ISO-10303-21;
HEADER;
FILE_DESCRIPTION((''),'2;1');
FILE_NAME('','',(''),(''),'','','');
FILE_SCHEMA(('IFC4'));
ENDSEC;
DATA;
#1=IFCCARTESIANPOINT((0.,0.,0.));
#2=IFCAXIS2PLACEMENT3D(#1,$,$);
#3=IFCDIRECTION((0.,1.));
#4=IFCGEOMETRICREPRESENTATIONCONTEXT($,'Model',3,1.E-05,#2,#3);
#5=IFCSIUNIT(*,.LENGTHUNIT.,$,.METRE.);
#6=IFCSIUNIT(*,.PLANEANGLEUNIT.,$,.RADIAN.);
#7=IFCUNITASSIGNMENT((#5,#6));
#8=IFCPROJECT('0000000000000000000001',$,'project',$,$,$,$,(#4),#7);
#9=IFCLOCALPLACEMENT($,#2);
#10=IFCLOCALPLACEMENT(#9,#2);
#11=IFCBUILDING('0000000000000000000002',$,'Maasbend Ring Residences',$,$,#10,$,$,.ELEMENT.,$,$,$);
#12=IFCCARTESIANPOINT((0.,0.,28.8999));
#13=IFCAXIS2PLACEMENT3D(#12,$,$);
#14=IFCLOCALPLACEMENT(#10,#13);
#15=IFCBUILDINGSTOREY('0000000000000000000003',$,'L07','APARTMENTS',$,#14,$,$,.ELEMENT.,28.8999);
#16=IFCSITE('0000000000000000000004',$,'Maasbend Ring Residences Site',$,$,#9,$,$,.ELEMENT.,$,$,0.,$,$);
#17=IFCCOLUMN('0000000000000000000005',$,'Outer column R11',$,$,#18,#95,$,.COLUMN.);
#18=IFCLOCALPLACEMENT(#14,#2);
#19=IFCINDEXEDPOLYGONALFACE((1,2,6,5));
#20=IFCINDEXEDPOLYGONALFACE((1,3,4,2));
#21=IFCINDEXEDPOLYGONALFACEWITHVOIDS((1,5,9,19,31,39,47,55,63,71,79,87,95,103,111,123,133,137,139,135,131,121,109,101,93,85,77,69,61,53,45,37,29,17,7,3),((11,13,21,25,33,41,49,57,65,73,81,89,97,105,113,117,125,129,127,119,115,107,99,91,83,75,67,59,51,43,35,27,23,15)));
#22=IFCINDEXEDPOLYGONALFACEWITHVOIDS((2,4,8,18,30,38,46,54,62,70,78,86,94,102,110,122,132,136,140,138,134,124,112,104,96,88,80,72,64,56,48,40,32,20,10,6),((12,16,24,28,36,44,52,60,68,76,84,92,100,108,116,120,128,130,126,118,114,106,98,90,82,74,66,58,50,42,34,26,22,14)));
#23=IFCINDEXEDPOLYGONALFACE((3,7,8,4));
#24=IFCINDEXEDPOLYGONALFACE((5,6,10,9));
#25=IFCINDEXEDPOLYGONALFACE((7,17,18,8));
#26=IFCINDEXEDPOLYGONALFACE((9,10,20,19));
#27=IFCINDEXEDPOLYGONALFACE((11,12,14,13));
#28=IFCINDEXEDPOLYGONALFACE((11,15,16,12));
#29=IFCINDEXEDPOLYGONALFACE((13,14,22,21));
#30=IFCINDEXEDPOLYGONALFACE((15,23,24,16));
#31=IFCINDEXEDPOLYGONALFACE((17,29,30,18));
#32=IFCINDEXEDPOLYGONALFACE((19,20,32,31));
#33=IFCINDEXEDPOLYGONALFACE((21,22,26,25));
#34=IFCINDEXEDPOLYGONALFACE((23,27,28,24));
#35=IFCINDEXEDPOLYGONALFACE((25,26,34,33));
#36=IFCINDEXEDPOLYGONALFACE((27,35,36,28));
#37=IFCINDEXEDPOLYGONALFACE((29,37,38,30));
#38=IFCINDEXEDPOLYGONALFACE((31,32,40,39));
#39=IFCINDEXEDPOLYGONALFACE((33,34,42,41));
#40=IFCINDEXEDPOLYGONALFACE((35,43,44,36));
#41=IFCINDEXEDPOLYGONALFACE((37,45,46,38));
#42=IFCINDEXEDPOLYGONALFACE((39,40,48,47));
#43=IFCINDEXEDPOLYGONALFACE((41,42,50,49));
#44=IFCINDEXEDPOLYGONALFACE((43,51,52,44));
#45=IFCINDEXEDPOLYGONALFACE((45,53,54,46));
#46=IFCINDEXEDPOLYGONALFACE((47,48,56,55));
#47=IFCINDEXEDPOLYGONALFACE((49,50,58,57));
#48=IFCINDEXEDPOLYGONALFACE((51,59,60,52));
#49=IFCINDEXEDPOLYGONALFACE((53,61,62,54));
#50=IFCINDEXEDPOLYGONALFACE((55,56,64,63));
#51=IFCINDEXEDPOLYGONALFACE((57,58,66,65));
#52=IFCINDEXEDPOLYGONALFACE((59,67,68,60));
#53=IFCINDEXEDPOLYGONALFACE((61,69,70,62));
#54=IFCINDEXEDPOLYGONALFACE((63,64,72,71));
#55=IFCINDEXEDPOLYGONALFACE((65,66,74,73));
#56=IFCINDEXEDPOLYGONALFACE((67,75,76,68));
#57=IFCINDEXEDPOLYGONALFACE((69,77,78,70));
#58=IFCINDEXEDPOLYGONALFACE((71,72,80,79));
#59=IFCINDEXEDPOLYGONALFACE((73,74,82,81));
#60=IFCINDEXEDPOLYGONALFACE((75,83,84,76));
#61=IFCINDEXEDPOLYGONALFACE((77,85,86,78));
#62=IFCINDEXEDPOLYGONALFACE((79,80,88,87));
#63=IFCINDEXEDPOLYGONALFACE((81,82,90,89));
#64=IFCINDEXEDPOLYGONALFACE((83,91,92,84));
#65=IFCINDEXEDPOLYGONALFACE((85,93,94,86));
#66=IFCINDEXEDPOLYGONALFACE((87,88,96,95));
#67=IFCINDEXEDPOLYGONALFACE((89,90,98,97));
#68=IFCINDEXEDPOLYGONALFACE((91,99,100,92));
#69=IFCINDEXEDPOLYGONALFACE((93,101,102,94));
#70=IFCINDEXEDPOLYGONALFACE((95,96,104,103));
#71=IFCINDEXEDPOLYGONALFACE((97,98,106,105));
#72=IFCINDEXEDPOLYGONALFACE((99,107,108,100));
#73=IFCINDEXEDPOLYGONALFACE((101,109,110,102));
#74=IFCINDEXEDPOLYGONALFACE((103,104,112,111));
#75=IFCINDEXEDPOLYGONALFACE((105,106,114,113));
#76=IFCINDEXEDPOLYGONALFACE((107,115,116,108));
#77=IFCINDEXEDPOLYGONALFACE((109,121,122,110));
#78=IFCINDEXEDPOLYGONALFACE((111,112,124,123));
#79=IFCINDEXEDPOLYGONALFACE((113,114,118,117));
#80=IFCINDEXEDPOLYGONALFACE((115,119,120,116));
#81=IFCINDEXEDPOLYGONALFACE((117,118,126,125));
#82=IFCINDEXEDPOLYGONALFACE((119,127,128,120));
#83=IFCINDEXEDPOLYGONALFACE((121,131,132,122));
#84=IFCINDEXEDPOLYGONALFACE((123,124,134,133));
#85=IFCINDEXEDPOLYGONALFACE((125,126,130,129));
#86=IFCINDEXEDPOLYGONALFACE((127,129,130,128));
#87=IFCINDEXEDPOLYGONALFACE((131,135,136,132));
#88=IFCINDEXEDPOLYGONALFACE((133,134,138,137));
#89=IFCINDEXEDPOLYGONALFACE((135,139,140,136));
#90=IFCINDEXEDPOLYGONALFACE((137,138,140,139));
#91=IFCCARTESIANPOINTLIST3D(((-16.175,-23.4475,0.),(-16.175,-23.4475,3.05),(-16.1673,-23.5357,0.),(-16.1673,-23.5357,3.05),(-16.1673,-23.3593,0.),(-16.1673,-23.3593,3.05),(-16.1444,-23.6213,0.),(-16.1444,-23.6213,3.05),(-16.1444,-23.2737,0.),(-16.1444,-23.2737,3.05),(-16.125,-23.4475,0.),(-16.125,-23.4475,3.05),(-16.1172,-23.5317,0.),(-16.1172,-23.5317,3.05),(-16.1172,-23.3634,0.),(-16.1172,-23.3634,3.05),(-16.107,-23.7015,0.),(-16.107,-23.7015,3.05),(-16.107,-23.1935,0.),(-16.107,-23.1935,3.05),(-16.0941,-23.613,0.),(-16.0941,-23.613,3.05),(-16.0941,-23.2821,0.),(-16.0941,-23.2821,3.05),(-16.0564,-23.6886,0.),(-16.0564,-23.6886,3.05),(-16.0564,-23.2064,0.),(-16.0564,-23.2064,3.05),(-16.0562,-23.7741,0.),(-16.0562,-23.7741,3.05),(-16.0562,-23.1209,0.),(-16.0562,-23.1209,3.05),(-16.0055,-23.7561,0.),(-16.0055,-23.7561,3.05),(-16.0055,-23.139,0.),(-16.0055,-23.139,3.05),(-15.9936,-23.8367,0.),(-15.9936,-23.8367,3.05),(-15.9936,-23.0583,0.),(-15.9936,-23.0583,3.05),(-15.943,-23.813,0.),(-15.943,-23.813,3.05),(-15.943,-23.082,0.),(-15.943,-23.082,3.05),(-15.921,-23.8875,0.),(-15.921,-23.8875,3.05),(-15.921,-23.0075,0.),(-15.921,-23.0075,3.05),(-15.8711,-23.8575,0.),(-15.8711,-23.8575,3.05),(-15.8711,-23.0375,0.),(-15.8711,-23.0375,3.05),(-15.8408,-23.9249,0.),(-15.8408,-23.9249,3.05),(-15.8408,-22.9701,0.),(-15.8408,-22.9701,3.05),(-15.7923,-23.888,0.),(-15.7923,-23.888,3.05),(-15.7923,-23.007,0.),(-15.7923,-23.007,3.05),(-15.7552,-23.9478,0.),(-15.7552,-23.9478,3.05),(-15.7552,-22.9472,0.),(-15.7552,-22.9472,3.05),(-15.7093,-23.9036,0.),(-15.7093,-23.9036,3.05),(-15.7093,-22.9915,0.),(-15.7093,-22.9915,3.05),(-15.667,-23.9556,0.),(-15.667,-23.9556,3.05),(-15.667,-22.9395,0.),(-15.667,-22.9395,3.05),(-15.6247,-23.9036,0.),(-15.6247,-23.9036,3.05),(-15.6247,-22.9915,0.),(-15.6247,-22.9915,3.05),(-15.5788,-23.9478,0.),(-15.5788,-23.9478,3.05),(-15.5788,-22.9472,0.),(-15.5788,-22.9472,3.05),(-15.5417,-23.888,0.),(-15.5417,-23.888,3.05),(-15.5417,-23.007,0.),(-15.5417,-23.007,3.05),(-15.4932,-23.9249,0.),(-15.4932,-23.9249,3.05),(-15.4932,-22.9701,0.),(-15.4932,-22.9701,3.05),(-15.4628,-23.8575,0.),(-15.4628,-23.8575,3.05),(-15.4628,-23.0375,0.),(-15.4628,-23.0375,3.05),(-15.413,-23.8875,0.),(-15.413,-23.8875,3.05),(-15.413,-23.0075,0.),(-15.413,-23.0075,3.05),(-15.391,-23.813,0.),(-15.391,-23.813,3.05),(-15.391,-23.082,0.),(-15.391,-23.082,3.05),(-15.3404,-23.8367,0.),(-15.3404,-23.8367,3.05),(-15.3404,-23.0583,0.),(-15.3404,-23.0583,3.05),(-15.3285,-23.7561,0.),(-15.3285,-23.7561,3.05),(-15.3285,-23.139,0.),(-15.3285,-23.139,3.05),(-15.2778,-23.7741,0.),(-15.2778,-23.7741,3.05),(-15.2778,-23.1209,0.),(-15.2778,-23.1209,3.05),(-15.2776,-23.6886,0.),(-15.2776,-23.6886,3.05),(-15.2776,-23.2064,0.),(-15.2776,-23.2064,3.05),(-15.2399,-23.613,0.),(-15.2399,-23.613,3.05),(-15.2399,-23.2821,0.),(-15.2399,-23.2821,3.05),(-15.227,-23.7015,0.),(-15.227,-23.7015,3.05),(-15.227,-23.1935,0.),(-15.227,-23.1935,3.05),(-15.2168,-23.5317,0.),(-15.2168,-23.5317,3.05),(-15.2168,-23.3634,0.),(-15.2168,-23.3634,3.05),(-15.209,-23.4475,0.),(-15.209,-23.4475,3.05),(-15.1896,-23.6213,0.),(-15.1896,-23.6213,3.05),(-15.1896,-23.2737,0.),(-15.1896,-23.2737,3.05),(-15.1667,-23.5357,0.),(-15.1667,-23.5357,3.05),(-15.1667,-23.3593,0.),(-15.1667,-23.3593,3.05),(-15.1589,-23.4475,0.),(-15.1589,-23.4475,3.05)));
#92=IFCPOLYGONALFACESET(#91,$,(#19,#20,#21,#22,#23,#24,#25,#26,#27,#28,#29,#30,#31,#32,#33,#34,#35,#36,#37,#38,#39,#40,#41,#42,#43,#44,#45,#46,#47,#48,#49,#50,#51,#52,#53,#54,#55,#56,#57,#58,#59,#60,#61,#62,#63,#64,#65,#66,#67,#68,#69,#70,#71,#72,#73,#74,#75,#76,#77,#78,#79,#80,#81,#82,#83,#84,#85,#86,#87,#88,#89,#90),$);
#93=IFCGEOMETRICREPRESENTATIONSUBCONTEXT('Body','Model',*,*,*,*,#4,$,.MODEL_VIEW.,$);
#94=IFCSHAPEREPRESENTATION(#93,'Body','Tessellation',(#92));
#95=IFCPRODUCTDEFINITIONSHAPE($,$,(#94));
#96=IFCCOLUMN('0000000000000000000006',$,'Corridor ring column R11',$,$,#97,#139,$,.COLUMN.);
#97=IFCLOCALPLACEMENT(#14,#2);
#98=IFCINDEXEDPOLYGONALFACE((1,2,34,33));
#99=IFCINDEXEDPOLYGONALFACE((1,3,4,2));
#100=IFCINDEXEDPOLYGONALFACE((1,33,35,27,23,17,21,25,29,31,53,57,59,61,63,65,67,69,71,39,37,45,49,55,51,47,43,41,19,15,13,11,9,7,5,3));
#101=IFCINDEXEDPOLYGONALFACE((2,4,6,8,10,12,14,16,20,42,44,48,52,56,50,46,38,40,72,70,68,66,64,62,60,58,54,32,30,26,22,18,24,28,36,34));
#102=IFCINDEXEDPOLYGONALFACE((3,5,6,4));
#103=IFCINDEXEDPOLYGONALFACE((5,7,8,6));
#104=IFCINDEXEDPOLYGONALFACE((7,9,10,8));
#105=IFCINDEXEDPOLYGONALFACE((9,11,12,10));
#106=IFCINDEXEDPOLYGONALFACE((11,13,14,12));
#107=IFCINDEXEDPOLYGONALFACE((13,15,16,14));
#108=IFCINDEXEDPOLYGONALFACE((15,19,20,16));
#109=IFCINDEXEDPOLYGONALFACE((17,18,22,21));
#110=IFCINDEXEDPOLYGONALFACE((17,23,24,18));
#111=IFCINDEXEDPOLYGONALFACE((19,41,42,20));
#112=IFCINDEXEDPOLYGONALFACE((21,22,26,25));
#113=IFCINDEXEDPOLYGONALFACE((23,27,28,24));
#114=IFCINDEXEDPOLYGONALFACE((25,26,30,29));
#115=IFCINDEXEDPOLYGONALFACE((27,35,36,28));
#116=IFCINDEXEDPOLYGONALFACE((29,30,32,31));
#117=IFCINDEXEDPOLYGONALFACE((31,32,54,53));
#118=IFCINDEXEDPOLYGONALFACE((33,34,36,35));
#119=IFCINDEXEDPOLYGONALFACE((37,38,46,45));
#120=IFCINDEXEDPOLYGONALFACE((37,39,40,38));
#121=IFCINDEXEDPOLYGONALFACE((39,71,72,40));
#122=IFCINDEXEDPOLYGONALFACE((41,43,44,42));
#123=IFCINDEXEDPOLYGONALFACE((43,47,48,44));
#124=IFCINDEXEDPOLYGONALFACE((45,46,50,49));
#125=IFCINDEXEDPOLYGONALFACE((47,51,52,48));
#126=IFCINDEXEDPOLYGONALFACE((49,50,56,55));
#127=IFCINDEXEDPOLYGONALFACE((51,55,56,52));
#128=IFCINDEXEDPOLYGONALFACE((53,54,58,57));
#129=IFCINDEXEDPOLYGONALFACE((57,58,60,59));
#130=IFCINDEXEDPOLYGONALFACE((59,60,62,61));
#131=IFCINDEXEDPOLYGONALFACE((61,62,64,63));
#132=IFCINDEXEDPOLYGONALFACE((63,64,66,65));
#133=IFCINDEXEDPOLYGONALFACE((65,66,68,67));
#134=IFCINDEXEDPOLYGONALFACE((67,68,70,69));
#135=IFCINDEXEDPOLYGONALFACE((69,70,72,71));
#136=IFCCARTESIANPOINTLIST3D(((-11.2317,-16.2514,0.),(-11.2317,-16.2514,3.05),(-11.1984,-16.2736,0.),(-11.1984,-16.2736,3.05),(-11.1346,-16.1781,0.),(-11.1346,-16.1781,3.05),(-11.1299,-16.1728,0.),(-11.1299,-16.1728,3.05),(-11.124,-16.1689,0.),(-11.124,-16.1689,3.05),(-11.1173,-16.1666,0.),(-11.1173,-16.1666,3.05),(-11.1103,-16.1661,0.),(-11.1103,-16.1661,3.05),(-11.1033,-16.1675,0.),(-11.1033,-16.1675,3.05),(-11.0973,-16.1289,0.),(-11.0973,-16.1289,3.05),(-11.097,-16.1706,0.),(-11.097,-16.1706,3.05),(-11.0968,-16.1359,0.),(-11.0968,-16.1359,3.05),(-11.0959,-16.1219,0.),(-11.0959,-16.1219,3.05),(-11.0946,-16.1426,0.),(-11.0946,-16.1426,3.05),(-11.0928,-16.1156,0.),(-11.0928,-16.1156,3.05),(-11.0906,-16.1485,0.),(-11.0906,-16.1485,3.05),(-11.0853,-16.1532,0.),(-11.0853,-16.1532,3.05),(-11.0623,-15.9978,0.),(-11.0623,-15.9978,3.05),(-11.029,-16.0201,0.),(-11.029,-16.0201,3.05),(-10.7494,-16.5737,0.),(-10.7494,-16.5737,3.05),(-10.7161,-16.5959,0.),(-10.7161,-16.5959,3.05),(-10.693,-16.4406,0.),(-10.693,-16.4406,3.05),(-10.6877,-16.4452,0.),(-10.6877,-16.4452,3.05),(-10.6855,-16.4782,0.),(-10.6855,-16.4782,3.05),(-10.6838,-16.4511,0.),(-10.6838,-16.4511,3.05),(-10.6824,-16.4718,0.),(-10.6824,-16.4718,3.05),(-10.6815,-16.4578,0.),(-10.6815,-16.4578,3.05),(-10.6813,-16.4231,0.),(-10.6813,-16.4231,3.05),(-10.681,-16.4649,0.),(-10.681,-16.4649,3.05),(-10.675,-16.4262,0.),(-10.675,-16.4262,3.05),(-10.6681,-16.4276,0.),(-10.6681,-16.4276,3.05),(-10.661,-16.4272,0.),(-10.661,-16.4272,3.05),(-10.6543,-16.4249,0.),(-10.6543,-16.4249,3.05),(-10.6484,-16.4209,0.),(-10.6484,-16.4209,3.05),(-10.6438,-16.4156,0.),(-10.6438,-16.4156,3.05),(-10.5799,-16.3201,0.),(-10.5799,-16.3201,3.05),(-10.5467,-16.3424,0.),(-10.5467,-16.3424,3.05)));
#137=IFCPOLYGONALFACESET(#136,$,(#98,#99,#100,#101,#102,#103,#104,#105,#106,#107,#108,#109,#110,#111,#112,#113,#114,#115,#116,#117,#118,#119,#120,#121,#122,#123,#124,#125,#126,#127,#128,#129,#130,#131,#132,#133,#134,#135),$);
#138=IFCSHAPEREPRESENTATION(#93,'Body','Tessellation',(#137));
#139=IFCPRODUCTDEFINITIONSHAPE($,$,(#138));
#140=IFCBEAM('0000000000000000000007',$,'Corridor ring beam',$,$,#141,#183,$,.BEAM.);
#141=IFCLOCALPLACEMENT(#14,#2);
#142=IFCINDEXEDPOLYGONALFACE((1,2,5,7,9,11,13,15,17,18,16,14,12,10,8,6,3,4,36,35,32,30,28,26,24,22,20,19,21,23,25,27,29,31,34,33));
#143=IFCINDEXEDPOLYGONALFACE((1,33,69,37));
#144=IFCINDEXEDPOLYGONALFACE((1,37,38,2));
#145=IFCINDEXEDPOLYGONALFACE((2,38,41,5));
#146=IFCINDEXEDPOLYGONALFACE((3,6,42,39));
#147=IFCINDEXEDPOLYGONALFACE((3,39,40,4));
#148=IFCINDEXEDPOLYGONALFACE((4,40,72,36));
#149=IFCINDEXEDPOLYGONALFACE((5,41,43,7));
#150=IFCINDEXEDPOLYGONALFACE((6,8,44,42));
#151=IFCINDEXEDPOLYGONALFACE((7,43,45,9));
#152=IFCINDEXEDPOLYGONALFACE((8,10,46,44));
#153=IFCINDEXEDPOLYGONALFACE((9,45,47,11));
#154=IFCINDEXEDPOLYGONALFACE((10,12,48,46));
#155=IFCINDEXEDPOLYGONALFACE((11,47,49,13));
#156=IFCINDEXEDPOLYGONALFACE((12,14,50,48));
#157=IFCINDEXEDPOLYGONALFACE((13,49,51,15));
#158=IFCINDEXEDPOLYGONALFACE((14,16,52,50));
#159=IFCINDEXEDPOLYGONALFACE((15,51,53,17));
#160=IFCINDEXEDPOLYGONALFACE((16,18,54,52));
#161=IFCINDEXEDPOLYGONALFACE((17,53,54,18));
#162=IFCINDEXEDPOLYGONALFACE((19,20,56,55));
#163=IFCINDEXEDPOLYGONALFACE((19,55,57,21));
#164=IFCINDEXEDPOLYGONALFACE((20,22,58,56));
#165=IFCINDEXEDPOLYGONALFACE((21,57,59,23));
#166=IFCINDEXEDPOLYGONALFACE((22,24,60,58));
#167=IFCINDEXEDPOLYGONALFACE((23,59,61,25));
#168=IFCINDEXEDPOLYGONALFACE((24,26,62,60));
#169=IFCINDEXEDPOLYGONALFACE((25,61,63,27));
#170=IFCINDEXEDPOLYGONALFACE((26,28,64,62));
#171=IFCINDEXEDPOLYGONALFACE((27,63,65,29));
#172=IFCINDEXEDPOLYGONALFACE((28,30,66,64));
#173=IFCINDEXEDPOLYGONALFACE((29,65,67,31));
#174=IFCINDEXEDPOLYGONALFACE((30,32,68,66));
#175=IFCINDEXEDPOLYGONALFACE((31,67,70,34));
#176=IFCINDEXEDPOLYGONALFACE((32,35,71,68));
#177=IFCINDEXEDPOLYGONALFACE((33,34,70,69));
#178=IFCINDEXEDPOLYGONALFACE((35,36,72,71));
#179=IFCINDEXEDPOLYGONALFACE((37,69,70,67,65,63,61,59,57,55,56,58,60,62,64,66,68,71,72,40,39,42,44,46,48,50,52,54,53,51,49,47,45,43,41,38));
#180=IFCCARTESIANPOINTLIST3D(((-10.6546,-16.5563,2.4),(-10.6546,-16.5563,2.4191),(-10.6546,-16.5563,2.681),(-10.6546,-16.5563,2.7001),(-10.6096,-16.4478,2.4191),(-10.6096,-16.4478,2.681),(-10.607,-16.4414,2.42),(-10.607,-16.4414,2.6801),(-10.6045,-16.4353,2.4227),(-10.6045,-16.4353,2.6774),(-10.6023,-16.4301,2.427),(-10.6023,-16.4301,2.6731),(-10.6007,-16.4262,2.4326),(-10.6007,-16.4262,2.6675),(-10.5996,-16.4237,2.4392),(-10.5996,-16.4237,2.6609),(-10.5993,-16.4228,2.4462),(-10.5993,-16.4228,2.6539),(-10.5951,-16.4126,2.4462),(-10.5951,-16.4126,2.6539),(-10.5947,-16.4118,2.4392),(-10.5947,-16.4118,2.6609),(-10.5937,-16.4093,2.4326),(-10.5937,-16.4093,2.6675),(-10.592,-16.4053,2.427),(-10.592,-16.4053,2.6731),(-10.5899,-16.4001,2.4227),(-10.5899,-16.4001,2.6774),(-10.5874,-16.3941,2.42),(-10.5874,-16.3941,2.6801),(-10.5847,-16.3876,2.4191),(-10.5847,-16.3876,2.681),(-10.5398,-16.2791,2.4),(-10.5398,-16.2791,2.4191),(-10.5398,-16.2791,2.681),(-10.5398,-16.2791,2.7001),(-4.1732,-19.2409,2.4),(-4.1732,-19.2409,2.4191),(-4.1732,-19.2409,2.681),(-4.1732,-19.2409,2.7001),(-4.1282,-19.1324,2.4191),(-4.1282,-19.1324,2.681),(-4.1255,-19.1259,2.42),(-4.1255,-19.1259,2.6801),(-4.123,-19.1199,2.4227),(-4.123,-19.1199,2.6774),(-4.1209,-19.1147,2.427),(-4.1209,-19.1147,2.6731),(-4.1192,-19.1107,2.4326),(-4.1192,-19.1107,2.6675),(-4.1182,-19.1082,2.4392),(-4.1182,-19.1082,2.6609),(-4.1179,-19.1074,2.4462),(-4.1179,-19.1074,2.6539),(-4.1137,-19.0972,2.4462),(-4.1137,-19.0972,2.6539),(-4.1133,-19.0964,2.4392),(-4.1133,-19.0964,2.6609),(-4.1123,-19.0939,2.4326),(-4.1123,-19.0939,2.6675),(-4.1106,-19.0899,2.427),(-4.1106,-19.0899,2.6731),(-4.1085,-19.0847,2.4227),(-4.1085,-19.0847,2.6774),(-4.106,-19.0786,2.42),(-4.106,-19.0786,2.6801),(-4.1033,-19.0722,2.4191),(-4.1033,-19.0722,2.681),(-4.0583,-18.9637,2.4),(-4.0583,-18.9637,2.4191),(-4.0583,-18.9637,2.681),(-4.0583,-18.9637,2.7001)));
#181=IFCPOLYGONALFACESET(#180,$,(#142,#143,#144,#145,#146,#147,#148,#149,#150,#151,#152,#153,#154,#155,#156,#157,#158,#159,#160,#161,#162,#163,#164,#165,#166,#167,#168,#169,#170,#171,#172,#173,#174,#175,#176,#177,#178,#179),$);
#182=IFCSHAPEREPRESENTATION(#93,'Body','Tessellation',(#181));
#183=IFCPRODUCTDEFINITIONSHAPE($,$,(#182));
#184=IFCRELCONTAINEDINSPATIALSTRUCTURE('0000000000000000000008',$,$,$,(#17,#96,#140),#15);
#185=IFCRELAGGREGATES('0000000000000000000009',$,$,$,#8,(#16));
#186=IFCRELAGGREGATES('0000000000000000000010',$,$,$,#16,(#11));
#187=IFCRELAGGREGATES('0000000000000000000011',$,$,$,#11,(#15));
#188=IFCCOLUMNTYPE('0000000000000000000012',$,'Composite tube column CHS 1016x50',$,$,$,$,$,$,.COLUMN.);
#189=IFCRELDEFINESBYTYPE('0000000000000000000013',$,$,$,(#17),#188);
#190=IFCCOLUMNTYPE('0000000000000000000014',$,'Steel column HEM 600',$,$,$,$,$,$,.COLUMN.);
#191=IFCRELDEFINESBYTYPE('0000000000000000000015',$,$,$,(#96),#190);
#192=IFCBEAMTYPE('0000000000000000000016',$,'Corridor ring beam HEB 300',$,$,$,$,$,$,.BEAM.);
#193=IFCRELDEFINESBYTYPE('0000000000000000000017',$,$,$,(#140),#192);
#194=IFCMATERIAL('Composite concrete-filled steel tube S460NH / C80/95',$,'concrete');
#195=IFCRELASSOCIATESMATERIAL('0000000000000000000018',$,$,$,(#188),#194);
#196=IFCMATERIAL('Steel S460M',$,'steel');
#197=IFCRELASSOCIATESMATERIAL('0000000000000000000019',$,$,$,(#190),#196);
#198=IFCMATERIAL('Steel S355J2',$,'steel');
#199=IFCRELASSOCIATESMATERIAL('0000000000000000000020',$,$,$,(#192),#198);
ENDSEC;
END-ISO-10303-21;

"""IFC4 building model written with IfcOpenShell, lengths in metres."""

from ifc_helpers import new_model, si_unit, direction, frame, origin, origin_2d, place, context, subcontext, project, spatial, hollow_circle, i_section, extrude, material, material_profile, profile_set, type_object, element, save


model = new_model("IFC4")

# Units and contexts
model_context = context("Model", 3, precision=1e-05, world=origin(), true_north=direction((0.0, 1.0)))
body_context = subcontext(model_context, "Body", "Model", "MODEL_VIEW")
ifc_project = project(units=[si_unit("LENGTHUNIT", "METRE"), si_unit("PLANEANGLEUNIT", "RADIAN")], contexts=[model_context])

# Site, building, storey
site_placement = place(None, origin())
site = spatial("IfcSite", under=ifc_project, at=site_placement, Name="Maasbend Ring Residences Site", CompositionType="ELEMENT", RefElevation=0.0)
building_placement = place(site_placement, origin())
building = spatial("IfcBuilding", under=site, at=building_placement, Name="Maasbend Ring Residences", CompositionType="ELEMENT")
storey_placement = place(building_placement, frame((0.0, 0.0, 28.8999)))
storey = spatial("IfcBuildingStorey", under=building, at=storey_placement, Name="L07", Description="APARTMENTS", CompositionType="ELEMENT", Elevation=28.8999)

# Columns
ifc_material_1 = material(Name="Composite concrete-filled steel tube S460NH / C80/95", Category="concrete")
ifc_material_profile_1 = material_profile(ifc_material_1, hollow_circle(Radius=0.5081, WallThickness=0.05, at=origin_2d()), Name="Composite tube column CHS 1016x50")
ifc_profile_set_1 = profile_set([ifc_material_profile_1], Name="Composite concrete-filled steel tube S460NH / C80/95")
column_type_1 = type_object("IfcColumnType", Name="Composite tube column CHS 1016x50", PredefinedType="COLUMN", material=ifc_profile_set_1)
column_1_placement = place(storey_placement, frame((-15.667, -23.4475, 0.0), z_axis=(0.0, 0.0, 1.0), x_axis=(1.0, 0.0, 0.0)))
element("IfcColumn", 1, at=column_1_placement, inside=storey, type_object=column_type_1, Name="Outer column R11", PredefinedType="COLUMN", context=body_context, shape_type="SweptSolid", body=[
    extrude(hollow_circle(Radius=0.5081, WallThickness=0.05, at=origin_2d()), origin(), (0.0, 0.0, 1.0), 3.05),
])
ifc_material_2 = material(Name="Steel S460M", Category="steel")
ifc_material_profile_2 = material_profile(ifc_material_2, i_section(OverallWidth=0.3049, OverallDepth=0.6201, WebThickness=0.021, FlangeThickness=0.04, FilletRadius=0.0271, at=origin_2d()), Name="HEM 600")
ifc_profile_set_2 = profile_set([ifc_material_profile_2], Name="Steel S460M")
column_type_2 = type_object("IfcColumnType", Name="Steel column HEM 600", PredefinedType="COLUMN", material=ifc_profile_set_2)
column_2_placement = place(storey_placement, frame((-10.8892, -16.2969, 0.0), z_axis=(0.0, 0.0, 1.0), x_axis=(-0.55557, -0.83147, 0.0)))
element("IfcColumn", 2, at=column_2_placement, inside=storey, type_object=column_type_2, Name="Corridor ring column R11", PredefinedType="COLUMN", context=body_context, shape_type="SweptSolid", body=[
    extrude(i_section(OverallWidth=0.3049, OverallDepth=0.6201, WebThickness=0.021, FlangeThickness=0.04, FilletRadius=0.0271, at=origin_2d()), origin(), (0.0, 0.0, 1.0), 3.05),
])

# Beam
ifc_material_3 = material(Name="Steel S355J2", Category="steel")
ifc_material_profile_3 = material_profile(ifc_material_3, i_section(OverallWidth=0.3, OverallDepth=0.3, WebThickness=0.011, FlangeThickness=0.019, FilletRadius=0.0271, at=origin_2d()), Name="HEB 300")
ifc_profile_set_3 = profile_set([ifc_material_profile_3], Name="Steel S355J2")
beam_type_1 = type_object("IfcBeamType", Name="Corridor ring beam HEB 300", PredefinedType="BEAM", material=ifc_profile_set_3)
beam_1_placement = place(storey_placement, frame((-10.5972, -16.4177, 2.55), z_axis=(0.923886, -0.382667, 0.0), x_axis=(0.382667, 0.923886, 0.0)))
element("IfcBeam", 3, at=beam_1_placement, inside=storey, type_object=beam_type_1, Name="Corridor ring beam", PredefinedType="BEAM", context=body_context, shape_type="SweptSolid", body=[
    extrude(i_section(OverallWidth=0.3, OverallDepth=0.3, WebThickness=0.011, FlangeThickness=0.019, FilletRadius=0.0271, at=origin_2d()), origin(), (0.0, 0.0, 1.0), 7.0154),
])

save(model, "model.ifc")
